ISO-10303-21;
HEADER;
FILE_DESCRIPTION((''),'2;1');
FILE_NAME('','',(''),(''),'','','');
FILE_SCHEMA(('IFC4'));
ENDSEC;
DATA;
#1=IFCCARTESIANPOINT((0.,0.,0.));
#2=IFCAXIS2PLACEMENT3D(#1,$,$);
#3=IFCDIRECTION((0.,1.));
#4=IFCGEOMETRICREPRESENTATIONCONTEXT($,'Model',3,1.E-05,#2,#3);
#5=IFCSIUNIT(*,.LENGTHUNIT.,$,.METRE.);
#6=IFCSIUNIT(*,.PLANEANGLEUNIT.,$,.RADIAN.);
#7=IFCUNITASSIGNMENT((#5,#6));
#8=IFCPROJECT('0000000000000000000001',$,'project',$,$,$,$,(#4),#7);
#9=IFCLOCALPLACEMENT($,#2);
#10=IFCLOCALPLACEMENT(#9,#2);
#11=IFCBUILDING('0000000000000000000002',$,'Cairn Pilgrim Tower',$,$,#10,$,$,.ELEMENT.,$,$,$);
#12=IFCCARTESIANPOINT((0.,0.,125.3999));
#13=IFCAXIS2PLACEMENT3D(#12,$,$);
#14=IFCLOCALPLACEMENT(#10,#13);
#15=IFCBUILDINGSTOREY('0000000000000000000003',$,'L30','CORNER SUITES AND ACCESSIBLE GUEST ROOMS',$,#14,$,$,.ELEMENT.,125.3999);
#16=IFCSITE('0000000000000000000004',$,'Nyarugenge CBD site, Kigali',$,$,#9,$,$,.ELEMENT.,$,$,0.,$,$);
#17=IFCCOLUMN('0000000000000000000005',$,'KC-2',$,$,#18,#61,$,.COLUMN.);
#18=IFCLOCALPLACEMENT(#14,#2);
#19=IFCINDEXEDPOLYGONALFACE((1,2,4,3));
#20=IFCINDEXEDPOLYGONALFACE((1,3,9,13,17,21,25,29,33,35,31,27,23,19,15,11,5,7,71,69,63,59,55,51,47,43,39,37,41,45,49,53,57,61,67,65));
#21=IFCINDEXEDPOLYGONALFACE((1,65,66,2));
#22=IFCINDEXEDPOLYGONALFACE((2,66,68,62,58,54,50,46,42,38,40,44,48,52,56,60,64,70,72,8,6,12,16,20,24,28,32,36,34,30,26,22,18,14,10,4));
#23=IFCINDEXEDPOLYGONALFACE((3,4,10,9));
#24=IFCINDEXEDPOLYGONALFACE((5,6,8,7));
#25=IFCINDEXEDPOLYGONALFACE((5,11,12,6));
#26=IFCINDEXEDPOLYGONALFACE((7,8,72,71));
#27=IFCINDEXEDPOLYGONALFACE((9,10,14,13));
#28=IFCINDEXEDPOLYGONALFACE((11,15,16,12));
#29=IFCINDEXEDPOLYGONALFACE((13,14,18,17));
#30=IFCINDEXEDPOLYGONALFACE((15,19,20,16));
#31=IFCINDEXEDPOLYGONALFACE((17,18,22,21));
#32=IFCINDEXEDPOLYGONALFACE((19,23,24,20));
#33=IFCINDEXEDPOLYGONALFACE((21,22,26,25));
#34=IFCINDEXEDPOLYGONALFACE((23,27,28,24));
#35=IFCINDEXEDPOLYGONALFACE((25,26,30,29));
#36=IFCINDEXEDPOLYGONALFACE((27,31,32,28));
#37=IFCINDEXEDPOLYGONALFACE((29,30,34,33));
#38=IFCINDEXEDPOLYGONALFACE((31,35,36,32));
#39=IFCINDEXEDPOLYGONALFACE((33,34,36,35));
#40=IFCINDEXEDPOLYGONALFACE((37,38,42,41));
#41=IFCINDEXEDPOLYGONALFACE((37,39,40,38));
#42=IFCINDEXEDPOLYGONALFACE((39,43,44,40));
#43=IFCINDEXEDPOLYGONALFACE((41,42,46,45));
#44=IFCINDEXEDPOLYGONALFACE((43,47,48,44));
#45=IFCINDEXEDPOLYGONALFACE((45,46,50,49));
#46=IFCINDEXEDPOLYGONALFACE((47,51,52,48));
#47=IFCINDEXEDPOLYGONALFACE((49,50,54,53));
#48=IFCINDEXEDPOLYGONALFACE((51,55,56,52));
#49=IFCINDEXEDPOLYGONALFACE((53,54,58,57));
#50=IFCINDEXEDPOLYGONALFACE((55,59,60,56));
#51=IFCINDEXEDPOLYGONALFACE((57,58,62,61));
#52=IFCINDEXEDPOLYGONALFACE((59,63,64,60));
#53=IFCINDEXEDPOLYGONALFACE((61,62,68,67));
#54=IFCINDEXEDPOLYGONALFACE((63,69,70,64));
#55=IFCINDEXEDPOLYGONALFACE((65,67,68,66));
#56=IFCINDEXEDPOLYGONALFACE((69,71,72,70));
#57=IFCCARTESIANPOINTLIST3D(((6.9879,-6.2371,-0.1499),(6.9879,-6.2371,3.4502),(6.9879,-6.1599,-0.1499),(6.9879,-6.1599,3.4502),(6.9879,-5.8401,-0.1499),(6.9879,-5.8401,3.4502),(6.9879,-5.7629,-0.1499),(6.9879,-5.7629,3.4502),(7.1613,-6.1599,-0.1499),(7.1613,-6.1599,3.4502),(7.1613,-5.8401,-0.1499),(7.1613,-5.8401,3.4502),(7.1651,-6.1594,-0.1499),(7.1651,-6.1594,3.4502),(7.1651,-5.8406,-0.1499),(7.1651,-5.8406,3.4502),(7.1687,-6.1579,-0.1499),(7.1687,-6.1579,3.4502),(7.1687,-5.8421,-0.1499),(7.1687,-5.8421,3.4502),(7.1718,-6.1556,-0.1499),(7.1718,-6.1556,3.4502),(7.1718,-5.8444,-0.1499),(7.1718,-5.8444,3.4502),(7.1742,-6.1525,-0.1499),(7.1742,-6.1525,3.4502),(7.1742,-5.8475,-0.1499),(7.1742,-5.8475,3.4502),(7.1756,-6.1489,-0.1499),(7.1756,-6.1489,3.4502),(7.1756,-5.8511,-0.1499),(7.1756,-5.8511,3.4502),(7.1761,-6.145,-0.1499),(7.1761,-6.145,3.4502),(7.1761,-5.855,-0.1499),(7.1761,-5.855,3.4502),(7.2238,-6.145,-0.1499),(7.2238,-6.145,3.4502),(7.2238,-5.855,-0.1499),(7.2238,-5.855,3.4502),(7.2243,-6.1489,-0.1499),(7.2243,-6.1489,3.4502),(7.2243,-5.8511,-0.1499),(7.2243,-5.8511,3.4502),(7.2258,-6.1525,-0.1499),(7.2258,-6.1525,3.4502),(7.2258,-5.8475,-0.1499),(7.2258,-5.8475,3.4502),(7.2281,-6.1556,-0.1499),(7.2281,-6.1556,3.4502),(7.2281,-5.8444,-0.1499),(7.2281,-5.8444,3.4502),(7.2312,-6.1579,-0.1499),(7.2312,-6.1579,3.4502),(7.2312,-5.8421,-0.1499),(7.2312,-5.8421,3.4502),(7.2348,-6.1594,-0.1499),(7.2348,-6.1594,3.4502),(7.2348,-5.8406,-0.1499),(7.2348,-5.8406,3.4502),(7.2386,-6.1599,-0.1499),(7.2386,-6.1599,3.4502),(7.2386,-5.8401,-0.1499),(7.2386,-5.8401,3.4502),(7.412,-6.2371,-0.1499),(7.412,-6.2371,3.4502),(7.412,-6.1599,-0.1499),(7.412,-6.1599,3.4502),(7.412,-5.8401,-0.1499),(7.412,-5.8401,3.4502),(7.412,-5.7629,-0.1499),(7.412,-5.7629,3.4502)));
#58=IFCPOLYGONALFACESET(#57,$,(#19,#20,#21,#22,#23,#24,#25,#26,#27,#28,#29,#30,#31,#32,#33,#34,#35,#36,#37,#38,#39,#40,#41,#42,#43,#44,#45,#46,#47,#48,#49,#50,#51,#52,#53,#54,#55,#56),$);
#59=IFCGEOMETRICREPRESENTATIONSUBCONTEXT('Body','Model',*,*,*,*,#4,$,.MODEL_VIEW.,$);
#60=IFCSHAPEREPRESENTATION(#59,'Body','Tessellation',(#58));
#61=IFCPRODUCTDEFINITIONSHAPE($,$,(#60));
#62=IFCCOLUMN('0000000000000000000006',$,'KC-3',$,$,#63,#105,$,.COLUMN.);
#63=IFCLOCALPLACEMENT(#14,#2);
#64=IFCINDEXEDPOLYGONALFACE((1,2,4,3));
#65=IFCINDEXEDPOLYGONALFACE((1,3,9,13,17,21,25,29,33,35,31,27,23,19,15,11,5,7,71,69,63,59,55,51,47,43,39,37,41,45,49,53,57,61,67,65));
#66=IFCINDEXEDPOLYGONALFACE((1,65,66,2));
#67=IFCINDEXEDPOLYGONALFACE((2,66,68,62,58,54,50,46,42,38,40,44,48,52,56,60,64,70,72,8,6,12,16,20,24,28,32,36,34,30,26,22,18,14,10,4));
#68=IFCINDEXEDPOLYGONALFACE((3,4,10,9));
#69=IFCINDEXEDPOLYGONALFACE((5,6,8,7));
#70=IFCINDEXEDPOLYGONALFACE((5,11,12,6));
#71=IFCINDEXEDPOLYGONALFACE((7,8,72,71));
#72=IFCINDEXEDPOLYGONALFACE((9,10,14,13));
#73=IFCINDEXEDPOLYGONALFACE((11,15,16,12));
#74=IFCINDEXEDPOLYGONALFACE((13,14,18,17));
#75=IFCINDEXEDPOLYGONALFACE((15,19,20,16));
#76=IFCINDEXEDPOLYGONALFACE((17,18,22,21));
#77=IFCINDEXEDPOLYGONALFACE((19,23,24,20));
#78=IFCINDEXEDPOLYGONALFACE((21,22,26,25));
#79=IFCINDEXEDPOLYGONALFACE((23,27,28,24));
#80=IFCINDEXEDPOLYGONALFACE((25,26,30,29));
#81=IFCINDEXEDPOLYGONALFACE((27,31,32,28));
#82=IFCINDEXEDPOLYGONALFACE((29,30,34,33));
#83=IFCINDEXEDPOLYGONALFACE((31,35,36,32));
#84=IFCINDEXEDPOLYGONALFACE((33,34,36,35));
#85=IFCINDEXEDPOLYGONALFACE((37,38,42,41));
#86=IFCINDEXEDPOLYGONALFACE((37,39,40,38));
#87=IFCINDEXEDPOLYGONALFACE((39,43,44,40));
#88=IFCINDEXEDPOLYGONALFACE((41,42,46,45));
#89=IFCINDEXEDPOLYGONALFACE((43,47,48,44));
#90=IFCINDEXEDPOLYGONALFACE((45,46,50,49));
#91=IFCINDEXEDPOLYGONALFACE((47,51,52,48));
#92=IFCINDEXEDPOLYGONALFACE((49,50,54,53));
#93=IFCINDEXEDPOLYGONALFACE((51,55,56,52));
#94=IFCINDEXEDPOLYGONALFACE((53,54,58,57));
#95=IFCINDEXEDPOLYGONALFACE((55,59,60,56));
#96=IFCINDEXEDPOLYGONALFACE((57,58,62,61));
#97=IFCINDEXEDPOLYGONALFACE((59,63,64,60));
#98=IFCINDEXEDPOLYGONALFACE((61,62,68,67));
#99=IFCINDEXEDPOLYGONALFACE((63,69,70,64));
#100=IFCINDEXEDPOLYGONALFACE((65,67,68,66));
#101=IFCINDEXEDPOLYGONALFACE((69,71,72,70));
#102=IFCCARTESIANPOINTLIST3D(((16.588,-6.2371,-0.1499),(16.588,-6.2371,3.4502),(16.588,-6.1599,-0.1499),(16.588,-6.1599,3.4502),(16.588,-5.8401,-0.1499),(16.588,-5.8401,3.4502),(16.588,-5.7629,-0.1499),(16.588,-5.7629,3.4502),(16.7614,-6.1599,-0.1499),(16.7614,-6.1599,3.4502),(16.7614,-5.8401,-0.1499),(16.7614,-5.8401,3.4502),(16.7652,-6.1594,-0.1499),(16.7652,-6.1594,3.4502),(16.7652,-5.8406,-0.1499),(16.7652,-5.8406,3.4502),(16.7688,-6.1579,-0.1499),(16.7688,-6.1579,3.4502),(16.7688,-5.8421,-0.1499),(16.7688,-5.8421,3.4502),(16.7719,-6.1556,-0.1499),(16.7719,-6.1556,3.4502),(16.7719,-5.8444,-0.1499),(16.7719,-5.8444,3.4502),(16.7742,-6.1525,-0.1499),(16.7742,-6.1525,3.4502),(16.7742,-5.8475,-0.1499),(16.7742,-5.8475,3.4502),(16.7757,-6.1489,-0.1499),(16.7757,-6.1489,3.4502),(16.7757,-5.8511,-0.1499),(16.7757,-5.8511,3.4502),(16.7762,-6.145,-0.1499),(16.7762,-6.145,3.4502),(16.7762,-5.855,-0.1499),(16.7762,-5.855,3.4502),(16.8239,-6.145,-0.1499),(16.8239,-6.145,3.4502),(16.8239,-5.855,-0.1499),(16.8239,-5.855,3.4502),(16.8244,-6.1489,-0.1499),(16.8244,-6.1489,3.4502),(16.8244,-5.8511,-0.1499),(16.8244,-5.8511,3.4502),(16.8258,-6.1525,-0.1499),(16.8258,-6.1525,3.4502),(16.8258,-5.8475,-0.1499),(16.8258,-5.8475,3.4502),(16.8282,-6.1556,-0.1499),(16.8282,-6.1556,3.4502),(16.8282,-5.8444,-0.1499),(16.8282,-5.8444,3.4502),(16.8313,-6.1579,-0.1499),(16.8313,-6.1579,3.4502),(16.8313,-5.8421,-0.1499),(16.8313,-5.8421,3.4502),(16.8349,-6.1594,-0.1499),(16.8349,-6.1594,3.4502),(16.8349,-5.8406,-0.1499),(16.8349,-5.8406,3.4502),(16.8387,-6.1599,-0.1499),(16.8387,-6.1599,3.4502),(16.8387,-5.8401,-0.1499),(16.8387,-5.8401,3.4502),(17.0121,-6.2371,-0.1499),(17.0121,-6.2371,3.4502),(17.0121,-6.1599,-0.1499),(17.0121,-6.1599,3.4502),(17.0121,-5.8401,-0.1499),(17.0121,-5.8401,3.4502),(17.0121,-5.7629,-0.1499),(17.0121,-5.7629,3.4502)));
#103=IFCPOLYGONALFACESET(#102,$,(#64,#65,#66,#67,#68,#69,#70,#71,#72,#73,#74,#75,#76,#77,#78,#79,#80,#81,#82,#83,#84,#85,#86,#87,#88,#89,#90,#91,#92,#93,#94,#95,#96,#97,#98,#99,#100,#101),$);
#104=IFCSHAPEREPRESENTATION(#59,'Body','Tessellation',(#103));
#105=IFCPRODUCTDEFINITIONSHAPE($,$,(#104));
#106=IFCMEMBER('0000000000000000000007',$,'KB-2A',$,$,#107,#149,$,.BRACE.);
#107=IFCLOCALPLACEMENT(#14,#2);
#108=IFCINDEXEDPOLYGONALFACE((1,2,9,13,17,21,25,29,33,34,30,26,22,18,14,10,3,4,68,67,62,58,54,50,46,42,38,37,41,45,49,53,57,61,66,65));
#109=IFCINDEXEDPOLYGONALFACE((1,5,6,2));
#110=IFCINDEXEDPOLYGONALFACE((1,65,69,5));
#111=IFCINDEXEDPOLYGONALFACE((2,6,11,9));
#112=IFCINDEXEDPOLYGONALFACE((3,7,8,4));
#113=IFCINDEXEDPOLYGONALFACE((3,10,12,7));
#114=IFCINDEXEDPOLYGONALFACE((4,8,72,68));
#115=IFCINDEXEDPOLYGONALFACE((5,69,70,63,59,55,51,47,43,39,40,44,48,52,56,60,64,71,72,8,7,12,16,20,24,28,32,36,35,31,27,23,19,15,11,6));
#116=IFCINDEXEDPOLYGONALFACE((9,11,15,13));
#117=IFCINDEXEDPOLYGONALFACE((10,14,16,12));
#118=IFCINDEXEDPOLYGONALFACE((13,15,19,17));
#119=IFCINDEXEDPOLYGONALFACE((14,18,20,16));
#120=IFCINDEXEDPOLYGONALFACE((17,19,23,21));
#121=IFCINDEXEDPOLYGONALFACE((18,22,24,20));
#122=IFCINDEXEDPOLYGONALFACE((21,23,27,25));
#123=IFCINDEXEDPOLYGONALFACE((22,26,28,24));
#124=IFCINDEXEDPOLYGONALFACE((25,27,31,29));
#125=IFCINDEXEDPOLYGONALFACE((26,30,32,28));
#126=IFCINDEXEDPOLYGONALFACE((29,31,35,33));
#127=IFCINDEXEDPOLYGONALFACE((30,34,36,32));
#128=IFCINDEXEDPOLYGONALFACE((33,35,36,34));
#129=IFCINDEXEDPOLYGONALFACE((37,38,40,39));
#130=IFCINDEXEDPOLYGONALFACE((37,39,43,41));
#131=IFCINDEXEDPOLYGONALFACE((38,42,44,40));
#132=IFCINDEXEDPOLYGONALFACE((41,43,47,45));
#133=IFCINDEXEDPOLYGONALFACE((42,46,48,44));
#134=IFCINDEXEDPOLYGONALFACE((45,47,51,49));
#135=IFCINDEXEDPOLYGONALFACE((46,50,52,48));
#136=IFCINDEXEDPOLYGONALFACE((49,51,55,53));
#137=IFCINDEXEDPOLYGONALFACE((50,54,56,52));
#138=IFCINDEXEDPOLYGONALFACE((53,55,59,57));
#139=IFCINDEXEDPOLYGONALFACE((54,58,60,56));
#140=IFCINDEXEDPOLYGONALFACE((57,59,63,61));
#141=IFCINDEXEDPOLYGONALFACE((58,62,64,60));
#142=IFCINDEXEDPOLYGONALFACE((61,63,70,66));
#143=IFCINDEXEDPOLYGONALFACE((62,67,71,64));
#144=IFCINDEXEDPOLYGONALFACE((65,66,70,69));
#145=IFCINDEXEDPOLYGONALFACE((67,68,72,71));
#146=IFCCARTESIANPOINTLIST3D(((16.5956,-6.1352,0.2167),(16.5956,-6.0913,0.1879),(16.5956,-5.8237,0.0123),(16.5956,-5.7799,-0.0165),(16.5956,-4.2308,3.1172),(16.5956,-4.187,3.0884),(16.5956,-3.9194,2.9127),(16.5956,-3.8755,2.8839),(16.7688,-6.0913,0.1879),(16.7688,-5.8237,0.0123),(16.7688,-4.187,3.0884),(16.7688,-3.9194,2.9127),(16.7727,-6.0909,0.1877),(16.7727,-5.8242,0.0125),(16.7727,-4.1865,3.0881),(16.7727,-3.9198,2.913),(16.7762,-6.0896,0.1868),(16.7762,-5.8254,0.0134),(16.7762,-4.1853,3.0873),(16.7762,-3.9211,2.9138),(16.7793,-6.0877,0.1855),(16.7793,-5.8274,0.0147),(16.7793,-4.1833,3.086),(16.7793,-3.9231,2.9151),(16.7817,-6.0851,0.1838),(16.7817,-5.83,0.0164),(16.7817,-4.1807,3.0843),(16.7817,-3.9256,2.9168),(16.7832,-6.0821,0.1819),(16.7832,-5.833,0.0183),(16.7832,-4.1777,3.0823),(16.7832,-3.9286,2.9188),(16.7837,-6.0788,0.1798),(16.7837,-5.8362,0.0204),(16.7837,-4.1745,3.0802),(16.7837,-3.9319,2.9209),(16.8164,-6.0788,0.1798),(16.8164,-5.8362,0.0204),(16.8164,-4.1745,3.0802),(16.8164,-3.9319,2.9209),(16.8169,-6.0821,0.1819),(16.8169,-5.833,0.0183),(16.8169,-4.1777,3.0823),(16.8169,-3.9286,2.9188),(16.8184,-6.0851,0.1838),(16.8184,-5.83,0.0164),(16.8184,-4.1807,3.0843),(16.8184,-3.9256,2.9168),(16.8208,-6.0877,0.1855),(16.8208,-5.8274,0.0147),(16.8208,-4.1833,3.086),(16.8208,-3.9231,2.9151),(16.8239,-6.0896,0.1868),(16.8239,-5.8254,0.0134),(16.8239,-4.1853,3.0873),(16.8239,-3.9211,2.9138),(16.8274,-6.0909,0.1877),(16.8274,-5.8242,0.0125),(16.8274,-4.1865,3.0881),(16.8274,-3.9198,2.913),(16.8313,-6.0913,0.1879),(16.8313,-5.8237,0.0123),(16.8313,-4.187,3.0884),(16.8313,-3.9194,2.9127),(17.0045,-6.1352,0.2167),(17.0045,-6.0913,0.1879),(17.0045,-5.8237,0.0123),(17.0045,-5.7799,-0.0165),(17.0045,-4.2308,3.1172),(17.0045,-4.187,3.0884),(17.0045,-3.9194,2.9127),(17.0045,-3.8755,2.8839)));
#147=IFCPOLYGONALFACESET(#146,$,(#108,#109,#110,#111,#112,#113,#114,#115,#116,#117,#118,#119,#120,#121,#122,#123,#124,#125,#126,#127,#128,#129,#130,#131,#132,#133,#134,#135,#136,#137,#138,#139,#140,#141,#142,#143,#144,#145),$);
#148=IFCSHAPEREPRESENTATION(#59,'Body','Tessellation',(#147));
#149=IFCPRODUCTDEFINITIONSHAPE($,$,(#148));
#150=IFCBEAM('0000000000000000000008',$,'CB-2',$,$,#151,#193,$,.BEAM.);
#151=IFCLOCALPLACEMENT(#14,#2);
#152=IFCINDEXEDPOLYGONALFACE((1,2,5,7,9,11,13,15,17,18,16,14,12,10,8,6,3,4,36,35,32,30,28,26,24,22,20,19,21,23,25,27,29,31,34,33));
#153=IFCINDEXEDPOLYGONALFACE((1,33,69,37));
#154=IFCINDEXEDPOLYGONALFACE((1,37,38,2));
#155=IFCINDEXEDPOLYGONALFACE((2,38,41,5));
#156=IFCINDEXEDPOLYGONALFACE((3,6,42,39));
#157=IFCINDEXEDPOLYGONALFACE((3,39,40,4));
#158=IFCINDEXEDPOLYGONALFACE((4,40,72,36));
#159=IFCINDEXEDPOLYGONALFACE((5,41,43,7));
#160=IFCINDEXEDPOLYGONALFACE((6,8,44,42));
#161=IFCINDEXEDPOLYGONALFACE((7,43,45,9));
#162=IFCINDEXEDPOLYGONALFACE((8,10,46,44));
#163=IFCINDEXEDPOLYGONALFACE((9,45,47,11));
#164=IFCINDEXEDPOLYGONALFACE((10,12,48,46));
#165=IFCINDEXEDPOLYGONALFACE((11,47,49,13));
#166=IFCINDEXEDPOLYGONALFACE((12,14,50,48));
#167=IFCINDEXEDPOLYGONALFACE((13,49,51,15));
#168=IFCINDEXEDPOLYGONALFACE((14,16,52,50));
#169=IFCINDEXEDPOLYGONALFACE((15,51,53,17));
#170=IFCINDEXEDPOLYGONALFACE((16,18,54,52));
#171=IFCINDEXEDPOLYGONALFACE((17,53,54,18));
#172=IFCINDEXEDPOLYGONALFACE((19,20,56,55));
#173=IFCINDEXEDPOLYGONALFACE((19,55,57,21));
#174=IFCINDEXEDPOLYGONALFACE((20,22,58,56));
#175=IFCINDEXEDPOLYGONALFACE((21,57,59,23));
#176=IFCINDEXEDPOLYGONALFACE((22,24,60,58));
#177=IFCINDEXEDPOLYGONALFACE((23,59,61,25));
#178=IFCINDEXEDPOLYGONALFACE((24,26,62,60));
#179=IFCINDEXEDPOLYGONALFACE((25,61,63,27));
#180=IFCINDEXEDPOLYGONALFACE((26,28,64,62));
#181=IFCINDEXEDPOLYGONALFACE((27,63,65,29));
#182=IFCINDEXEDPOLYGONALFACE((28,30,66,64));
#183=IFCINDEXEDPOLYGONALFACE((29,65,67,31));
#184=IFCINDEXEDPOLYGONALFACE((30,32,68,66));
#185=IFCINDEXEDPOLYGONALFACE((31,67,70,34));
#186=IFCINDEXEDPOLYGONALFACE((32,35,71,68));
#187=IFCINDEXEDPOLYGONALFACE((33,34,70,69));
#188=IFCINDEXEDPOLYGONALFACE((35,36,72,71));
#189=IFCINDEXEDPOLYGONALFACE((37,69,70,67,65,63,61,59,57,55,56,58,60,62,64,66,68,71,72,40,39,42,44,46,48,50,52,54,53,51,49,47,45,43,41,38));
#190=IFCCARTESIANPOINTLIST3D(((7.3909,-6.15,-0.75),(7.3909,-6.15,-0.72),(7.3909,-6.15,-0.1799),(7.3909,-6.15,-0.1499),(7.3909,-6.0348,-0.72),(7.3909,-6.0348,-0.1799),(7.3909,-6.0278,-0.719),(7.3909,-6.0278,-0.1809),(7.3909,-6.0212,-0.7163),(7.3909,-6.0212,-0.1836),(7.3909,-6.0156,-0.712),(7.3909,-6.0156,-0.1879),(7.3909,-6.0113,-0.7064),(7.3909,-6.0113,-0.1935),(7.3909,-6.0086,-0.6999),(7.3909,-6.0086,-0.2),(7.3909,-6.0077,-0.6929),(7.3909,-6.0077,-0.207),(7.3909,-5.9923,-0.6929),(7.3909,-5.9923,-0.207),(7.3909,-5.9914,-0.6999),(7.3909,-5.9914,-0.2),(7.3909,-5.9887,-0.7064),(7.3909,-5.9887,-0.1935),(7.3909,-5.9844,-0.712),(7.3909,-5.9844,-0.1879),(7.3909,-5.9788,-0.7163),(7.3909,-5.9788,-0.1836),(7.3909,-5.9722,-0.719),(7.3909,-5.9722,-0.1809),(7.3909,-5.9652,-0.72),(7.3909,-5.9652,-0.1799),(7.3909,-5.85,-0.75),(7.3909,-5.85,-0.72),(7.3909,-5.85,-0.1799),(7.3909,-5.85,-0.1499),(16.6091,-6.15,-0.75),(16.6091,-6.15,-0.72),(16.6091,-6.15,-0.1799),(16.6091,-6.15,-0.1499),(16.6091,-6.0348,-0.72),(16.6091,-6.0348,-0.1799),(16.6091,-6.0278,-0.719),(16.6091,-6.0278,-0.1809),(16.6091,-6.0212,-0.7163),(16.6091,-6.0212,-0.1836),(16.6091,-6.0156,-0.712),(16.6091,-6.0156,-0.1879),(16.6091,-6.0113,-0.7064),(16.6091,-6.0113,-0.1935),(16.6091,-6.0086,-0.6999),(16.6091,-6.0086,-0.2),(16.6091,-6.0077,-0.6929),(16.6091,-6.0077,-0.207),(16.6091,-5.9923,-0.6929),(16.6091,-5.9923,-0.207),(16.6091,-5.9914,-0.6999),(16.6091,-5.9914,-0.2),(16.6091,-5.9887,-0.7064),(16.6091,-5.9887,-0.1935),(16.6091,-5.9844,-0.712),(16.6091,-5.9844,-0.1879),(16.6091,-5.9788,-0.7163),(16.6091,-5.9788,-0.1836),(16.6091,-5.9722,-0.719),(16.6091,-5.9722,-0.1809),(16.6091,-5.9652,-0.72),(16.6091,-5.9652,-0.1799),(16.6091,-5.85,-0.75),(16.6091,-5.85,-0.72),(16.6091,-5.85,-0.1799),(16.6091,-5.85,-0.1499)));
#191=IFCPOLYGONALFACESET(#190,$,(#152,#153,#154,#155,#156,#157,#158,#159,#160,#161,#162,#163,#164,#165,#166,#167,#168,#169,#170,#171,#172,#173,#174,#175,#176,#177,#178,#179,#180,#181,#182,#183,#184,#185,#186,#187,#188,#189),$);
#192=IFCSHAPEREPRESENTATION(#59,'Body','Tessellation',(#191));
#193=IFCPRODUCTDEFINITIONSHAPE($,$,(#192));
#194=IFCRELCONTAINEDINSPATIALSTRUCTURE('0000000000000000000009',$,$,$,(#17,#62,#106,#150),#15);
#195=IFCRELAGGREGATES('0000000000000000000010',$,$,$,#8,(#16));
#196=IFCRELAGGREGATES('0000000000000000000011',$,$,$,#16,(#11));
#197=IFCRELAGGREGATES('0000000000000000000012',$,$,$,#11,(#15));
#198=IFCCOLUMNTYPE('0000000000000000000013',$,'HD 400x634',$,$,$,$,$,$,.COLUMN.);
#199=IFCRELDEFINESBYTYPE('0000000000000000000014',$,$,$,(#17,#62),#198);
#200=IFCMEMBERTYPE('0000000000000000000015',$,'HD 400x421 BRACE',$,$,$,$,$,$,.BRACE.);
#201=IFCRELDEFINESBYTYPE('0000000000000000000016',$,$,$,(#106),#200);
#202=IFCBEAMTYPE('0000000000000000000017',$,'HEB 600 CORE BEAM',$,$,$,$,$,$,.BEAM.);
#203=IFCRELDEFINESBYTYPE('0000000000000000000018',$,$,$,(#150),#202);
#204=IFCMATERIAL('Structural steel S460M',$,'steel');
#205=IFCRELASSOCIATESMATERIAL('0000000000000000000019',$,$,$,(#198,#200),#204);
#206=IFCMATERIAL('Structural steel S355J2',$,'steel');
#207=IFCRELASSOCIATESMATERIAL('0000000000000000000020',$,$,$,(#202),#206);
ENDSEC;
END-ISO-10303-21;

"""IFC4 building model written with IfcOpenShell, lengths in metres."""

from ifc_helpers import new_model, si_unit, direction, frame, origin, origin_2d, place, context, subcontext, project, spatial, i_section, extrude, material, material_profile, profile_set, type_object, element, save


model = new_model("IFC4")

# Units and contexts
model_context = context("Model", 3, precision=1e-05, world=origin(), true_north=direction((0.0, 1.0)))
body_context = subcontext(model_context, "Body", "Model", "MODEL_VIEW")
ifc_project = project(units=[si_unit("LENGTHUNIT", "METRE"), si_unit("PLANEANGLEUNIT", "RADIAN")], contexts=[model_context])

# Site, building, storey
site_placement = place(None, origin())
site = spatial("IfcSite", under=ifc_project, at=site_placement, Name="Nyarugenge CBD site, Kigali", CompositionType="ELEMENT", RefElevation=0.0)
building_placement = place(site_placement, origin())
building = spatial("IfcBuilding", under=site, at=building_placement, Name="Cairn Pilgrim Tower", CompositionType="ELEMENT")
storey_placement = place(building_placement, frame((0.0, 0.0, 125.3999)))
storey = spatial("IfcBuildingStorey", under=building, at=storey_placement, Name="L30", Description="CORNER SUITES AND ACCESSIBLE GUEST ROOMS", CompositionType="ELEMENT", Elevation=125.3999)

# Columns
ifc_material_1 = material(Name="Structural steel S460M", Category="steel")
ifc_material_profile_1 = material_profile(ifc_material_1, i_section(OverallWidth=0.4241, OverallDepth=0.4741, WebThickness=0.0476, FlangeThickness=0.0771, FilletRadius=0.0149, at=origin_2d()), Name="HD 400x634")
ifc_profile_set_1 = profile_set([ifc_material_profile_1], Name="Structural steel S460M")
column_type = type_object("IfcColumnType", Name="HD 400x634", PredefinedType="COLUMN", material=ifc_profile_set_1)
for number, where, z_axis, x_axis, name in (
    (1, (7.2, -6.0, -0.1499), (0.0, 0.0, 1.0), (1.0, 0.0, 0.0), "KC-2"),
    (2, (16.8, -6.0, -0.1499), (0.0, 0.0, 1.0), (1.0, 0.0, 0.0), "KC-3"),
):
    element("IfcColumn", number, at=place(storey_placement, frame(where, z_axis=z_axis, x_axis=x_axis)), inside=storey, type_object=column_type, Name=name, PredefinedType="COLUMN", context=body_context, shape_type="SweptSolid", body=[
        extrude(i_section(OverallWidth=0.4241, OverallDepth=0.4741, WebThickness=0.0476, FlangeThickness=0.0771, FilletRadius=0.0149, at=origin_2d()), origin(), (0.0, 0.0, 1.0), 3.6001),
    ])

# Member
ifc_material_profile_2 = material_profile(ifc_material_1, i_section(OverallWidth=0.4089, OverallDepth=0.425, WebThickness=0.0327, FlangeThickness=0.0525, FilletRadius=0.0149, at=origin_2d()), Name="HD 400x421")
ifc_profile_set_2 = profile_set([ifc_material_profile_2], Name="Structural steel S460M")
member_type = type_object("IfcMemberType", Name="HD 400x421 BRACE", PredefinedType="BRACE", material=ifc_profile_set_2)
member_placement = place(storey_placement, frame((16.8, -5.9575, 0.1001), z_axis=(0.0, 0.548841, 0.835927), x_axis=(-1.0, 0.0, 0.0)))
element("IfcMember", 3, at=member_placement, inside=storey, type_object=member_type, Name="KB-2A", PredefinedType="BRACE", context=body_context, shape_type="SweptSolid", body=[
    extrude(i_section(OverallWidth=0.4089, OverallDepth=0.425, WebThickness=0.0327, FlangeThickness=0.0525, FilletRadius=0.0149, at=origin_2d()), origin(), (0.0, 0.0, 1.0), 3.4697),
])

# Beam
ifc_material_2 = material(Name="Structural steel S355J2", Category="steel")
ifc_material_profile_3 = material_profile(ifc_material_2, i_section(OverallWidth=0.3, OverallDepth=0.6001, WebThickness=0.0154, FlangeThickness=0.03, FilletRadius=0.0271, at=origin_2d()), Name="HEB 600")
ifc_profile_set_3 = profile_set([ifc_material_profile_3], Name="Structural steel S355J2")
beam_type_1 = type_object("IfcBeamType", Name="HEB 600 CORE BEAM", PredefinedType="BEAM", material=ifc_profile_set_3)
beam_1_placement = place(storey_placement, frame((7.3909, -6.0, -0.45), z_axis=(1.0, 0.0, 0.0), x_axis=(0.0, 1.0, 0.0)))
element("IfcBeam", 4, at=beam_1_placement, inside=storey, type_object=beam_type_1, Name="CB-2", PredefinedType="BEAM", context=body_context, shape_type="SweptSolid", body=[
    extrude(i_section(OverallWidth=0.3, OverallDepth=0.6001, WebThickness=0.0154, FlangeThickness=0.03, FilletRadius=0.0271, at=origin_2d()), origin(), (0.0, 0.0, 1.0), 9.2183),
])

save(model, "model.ifc")
